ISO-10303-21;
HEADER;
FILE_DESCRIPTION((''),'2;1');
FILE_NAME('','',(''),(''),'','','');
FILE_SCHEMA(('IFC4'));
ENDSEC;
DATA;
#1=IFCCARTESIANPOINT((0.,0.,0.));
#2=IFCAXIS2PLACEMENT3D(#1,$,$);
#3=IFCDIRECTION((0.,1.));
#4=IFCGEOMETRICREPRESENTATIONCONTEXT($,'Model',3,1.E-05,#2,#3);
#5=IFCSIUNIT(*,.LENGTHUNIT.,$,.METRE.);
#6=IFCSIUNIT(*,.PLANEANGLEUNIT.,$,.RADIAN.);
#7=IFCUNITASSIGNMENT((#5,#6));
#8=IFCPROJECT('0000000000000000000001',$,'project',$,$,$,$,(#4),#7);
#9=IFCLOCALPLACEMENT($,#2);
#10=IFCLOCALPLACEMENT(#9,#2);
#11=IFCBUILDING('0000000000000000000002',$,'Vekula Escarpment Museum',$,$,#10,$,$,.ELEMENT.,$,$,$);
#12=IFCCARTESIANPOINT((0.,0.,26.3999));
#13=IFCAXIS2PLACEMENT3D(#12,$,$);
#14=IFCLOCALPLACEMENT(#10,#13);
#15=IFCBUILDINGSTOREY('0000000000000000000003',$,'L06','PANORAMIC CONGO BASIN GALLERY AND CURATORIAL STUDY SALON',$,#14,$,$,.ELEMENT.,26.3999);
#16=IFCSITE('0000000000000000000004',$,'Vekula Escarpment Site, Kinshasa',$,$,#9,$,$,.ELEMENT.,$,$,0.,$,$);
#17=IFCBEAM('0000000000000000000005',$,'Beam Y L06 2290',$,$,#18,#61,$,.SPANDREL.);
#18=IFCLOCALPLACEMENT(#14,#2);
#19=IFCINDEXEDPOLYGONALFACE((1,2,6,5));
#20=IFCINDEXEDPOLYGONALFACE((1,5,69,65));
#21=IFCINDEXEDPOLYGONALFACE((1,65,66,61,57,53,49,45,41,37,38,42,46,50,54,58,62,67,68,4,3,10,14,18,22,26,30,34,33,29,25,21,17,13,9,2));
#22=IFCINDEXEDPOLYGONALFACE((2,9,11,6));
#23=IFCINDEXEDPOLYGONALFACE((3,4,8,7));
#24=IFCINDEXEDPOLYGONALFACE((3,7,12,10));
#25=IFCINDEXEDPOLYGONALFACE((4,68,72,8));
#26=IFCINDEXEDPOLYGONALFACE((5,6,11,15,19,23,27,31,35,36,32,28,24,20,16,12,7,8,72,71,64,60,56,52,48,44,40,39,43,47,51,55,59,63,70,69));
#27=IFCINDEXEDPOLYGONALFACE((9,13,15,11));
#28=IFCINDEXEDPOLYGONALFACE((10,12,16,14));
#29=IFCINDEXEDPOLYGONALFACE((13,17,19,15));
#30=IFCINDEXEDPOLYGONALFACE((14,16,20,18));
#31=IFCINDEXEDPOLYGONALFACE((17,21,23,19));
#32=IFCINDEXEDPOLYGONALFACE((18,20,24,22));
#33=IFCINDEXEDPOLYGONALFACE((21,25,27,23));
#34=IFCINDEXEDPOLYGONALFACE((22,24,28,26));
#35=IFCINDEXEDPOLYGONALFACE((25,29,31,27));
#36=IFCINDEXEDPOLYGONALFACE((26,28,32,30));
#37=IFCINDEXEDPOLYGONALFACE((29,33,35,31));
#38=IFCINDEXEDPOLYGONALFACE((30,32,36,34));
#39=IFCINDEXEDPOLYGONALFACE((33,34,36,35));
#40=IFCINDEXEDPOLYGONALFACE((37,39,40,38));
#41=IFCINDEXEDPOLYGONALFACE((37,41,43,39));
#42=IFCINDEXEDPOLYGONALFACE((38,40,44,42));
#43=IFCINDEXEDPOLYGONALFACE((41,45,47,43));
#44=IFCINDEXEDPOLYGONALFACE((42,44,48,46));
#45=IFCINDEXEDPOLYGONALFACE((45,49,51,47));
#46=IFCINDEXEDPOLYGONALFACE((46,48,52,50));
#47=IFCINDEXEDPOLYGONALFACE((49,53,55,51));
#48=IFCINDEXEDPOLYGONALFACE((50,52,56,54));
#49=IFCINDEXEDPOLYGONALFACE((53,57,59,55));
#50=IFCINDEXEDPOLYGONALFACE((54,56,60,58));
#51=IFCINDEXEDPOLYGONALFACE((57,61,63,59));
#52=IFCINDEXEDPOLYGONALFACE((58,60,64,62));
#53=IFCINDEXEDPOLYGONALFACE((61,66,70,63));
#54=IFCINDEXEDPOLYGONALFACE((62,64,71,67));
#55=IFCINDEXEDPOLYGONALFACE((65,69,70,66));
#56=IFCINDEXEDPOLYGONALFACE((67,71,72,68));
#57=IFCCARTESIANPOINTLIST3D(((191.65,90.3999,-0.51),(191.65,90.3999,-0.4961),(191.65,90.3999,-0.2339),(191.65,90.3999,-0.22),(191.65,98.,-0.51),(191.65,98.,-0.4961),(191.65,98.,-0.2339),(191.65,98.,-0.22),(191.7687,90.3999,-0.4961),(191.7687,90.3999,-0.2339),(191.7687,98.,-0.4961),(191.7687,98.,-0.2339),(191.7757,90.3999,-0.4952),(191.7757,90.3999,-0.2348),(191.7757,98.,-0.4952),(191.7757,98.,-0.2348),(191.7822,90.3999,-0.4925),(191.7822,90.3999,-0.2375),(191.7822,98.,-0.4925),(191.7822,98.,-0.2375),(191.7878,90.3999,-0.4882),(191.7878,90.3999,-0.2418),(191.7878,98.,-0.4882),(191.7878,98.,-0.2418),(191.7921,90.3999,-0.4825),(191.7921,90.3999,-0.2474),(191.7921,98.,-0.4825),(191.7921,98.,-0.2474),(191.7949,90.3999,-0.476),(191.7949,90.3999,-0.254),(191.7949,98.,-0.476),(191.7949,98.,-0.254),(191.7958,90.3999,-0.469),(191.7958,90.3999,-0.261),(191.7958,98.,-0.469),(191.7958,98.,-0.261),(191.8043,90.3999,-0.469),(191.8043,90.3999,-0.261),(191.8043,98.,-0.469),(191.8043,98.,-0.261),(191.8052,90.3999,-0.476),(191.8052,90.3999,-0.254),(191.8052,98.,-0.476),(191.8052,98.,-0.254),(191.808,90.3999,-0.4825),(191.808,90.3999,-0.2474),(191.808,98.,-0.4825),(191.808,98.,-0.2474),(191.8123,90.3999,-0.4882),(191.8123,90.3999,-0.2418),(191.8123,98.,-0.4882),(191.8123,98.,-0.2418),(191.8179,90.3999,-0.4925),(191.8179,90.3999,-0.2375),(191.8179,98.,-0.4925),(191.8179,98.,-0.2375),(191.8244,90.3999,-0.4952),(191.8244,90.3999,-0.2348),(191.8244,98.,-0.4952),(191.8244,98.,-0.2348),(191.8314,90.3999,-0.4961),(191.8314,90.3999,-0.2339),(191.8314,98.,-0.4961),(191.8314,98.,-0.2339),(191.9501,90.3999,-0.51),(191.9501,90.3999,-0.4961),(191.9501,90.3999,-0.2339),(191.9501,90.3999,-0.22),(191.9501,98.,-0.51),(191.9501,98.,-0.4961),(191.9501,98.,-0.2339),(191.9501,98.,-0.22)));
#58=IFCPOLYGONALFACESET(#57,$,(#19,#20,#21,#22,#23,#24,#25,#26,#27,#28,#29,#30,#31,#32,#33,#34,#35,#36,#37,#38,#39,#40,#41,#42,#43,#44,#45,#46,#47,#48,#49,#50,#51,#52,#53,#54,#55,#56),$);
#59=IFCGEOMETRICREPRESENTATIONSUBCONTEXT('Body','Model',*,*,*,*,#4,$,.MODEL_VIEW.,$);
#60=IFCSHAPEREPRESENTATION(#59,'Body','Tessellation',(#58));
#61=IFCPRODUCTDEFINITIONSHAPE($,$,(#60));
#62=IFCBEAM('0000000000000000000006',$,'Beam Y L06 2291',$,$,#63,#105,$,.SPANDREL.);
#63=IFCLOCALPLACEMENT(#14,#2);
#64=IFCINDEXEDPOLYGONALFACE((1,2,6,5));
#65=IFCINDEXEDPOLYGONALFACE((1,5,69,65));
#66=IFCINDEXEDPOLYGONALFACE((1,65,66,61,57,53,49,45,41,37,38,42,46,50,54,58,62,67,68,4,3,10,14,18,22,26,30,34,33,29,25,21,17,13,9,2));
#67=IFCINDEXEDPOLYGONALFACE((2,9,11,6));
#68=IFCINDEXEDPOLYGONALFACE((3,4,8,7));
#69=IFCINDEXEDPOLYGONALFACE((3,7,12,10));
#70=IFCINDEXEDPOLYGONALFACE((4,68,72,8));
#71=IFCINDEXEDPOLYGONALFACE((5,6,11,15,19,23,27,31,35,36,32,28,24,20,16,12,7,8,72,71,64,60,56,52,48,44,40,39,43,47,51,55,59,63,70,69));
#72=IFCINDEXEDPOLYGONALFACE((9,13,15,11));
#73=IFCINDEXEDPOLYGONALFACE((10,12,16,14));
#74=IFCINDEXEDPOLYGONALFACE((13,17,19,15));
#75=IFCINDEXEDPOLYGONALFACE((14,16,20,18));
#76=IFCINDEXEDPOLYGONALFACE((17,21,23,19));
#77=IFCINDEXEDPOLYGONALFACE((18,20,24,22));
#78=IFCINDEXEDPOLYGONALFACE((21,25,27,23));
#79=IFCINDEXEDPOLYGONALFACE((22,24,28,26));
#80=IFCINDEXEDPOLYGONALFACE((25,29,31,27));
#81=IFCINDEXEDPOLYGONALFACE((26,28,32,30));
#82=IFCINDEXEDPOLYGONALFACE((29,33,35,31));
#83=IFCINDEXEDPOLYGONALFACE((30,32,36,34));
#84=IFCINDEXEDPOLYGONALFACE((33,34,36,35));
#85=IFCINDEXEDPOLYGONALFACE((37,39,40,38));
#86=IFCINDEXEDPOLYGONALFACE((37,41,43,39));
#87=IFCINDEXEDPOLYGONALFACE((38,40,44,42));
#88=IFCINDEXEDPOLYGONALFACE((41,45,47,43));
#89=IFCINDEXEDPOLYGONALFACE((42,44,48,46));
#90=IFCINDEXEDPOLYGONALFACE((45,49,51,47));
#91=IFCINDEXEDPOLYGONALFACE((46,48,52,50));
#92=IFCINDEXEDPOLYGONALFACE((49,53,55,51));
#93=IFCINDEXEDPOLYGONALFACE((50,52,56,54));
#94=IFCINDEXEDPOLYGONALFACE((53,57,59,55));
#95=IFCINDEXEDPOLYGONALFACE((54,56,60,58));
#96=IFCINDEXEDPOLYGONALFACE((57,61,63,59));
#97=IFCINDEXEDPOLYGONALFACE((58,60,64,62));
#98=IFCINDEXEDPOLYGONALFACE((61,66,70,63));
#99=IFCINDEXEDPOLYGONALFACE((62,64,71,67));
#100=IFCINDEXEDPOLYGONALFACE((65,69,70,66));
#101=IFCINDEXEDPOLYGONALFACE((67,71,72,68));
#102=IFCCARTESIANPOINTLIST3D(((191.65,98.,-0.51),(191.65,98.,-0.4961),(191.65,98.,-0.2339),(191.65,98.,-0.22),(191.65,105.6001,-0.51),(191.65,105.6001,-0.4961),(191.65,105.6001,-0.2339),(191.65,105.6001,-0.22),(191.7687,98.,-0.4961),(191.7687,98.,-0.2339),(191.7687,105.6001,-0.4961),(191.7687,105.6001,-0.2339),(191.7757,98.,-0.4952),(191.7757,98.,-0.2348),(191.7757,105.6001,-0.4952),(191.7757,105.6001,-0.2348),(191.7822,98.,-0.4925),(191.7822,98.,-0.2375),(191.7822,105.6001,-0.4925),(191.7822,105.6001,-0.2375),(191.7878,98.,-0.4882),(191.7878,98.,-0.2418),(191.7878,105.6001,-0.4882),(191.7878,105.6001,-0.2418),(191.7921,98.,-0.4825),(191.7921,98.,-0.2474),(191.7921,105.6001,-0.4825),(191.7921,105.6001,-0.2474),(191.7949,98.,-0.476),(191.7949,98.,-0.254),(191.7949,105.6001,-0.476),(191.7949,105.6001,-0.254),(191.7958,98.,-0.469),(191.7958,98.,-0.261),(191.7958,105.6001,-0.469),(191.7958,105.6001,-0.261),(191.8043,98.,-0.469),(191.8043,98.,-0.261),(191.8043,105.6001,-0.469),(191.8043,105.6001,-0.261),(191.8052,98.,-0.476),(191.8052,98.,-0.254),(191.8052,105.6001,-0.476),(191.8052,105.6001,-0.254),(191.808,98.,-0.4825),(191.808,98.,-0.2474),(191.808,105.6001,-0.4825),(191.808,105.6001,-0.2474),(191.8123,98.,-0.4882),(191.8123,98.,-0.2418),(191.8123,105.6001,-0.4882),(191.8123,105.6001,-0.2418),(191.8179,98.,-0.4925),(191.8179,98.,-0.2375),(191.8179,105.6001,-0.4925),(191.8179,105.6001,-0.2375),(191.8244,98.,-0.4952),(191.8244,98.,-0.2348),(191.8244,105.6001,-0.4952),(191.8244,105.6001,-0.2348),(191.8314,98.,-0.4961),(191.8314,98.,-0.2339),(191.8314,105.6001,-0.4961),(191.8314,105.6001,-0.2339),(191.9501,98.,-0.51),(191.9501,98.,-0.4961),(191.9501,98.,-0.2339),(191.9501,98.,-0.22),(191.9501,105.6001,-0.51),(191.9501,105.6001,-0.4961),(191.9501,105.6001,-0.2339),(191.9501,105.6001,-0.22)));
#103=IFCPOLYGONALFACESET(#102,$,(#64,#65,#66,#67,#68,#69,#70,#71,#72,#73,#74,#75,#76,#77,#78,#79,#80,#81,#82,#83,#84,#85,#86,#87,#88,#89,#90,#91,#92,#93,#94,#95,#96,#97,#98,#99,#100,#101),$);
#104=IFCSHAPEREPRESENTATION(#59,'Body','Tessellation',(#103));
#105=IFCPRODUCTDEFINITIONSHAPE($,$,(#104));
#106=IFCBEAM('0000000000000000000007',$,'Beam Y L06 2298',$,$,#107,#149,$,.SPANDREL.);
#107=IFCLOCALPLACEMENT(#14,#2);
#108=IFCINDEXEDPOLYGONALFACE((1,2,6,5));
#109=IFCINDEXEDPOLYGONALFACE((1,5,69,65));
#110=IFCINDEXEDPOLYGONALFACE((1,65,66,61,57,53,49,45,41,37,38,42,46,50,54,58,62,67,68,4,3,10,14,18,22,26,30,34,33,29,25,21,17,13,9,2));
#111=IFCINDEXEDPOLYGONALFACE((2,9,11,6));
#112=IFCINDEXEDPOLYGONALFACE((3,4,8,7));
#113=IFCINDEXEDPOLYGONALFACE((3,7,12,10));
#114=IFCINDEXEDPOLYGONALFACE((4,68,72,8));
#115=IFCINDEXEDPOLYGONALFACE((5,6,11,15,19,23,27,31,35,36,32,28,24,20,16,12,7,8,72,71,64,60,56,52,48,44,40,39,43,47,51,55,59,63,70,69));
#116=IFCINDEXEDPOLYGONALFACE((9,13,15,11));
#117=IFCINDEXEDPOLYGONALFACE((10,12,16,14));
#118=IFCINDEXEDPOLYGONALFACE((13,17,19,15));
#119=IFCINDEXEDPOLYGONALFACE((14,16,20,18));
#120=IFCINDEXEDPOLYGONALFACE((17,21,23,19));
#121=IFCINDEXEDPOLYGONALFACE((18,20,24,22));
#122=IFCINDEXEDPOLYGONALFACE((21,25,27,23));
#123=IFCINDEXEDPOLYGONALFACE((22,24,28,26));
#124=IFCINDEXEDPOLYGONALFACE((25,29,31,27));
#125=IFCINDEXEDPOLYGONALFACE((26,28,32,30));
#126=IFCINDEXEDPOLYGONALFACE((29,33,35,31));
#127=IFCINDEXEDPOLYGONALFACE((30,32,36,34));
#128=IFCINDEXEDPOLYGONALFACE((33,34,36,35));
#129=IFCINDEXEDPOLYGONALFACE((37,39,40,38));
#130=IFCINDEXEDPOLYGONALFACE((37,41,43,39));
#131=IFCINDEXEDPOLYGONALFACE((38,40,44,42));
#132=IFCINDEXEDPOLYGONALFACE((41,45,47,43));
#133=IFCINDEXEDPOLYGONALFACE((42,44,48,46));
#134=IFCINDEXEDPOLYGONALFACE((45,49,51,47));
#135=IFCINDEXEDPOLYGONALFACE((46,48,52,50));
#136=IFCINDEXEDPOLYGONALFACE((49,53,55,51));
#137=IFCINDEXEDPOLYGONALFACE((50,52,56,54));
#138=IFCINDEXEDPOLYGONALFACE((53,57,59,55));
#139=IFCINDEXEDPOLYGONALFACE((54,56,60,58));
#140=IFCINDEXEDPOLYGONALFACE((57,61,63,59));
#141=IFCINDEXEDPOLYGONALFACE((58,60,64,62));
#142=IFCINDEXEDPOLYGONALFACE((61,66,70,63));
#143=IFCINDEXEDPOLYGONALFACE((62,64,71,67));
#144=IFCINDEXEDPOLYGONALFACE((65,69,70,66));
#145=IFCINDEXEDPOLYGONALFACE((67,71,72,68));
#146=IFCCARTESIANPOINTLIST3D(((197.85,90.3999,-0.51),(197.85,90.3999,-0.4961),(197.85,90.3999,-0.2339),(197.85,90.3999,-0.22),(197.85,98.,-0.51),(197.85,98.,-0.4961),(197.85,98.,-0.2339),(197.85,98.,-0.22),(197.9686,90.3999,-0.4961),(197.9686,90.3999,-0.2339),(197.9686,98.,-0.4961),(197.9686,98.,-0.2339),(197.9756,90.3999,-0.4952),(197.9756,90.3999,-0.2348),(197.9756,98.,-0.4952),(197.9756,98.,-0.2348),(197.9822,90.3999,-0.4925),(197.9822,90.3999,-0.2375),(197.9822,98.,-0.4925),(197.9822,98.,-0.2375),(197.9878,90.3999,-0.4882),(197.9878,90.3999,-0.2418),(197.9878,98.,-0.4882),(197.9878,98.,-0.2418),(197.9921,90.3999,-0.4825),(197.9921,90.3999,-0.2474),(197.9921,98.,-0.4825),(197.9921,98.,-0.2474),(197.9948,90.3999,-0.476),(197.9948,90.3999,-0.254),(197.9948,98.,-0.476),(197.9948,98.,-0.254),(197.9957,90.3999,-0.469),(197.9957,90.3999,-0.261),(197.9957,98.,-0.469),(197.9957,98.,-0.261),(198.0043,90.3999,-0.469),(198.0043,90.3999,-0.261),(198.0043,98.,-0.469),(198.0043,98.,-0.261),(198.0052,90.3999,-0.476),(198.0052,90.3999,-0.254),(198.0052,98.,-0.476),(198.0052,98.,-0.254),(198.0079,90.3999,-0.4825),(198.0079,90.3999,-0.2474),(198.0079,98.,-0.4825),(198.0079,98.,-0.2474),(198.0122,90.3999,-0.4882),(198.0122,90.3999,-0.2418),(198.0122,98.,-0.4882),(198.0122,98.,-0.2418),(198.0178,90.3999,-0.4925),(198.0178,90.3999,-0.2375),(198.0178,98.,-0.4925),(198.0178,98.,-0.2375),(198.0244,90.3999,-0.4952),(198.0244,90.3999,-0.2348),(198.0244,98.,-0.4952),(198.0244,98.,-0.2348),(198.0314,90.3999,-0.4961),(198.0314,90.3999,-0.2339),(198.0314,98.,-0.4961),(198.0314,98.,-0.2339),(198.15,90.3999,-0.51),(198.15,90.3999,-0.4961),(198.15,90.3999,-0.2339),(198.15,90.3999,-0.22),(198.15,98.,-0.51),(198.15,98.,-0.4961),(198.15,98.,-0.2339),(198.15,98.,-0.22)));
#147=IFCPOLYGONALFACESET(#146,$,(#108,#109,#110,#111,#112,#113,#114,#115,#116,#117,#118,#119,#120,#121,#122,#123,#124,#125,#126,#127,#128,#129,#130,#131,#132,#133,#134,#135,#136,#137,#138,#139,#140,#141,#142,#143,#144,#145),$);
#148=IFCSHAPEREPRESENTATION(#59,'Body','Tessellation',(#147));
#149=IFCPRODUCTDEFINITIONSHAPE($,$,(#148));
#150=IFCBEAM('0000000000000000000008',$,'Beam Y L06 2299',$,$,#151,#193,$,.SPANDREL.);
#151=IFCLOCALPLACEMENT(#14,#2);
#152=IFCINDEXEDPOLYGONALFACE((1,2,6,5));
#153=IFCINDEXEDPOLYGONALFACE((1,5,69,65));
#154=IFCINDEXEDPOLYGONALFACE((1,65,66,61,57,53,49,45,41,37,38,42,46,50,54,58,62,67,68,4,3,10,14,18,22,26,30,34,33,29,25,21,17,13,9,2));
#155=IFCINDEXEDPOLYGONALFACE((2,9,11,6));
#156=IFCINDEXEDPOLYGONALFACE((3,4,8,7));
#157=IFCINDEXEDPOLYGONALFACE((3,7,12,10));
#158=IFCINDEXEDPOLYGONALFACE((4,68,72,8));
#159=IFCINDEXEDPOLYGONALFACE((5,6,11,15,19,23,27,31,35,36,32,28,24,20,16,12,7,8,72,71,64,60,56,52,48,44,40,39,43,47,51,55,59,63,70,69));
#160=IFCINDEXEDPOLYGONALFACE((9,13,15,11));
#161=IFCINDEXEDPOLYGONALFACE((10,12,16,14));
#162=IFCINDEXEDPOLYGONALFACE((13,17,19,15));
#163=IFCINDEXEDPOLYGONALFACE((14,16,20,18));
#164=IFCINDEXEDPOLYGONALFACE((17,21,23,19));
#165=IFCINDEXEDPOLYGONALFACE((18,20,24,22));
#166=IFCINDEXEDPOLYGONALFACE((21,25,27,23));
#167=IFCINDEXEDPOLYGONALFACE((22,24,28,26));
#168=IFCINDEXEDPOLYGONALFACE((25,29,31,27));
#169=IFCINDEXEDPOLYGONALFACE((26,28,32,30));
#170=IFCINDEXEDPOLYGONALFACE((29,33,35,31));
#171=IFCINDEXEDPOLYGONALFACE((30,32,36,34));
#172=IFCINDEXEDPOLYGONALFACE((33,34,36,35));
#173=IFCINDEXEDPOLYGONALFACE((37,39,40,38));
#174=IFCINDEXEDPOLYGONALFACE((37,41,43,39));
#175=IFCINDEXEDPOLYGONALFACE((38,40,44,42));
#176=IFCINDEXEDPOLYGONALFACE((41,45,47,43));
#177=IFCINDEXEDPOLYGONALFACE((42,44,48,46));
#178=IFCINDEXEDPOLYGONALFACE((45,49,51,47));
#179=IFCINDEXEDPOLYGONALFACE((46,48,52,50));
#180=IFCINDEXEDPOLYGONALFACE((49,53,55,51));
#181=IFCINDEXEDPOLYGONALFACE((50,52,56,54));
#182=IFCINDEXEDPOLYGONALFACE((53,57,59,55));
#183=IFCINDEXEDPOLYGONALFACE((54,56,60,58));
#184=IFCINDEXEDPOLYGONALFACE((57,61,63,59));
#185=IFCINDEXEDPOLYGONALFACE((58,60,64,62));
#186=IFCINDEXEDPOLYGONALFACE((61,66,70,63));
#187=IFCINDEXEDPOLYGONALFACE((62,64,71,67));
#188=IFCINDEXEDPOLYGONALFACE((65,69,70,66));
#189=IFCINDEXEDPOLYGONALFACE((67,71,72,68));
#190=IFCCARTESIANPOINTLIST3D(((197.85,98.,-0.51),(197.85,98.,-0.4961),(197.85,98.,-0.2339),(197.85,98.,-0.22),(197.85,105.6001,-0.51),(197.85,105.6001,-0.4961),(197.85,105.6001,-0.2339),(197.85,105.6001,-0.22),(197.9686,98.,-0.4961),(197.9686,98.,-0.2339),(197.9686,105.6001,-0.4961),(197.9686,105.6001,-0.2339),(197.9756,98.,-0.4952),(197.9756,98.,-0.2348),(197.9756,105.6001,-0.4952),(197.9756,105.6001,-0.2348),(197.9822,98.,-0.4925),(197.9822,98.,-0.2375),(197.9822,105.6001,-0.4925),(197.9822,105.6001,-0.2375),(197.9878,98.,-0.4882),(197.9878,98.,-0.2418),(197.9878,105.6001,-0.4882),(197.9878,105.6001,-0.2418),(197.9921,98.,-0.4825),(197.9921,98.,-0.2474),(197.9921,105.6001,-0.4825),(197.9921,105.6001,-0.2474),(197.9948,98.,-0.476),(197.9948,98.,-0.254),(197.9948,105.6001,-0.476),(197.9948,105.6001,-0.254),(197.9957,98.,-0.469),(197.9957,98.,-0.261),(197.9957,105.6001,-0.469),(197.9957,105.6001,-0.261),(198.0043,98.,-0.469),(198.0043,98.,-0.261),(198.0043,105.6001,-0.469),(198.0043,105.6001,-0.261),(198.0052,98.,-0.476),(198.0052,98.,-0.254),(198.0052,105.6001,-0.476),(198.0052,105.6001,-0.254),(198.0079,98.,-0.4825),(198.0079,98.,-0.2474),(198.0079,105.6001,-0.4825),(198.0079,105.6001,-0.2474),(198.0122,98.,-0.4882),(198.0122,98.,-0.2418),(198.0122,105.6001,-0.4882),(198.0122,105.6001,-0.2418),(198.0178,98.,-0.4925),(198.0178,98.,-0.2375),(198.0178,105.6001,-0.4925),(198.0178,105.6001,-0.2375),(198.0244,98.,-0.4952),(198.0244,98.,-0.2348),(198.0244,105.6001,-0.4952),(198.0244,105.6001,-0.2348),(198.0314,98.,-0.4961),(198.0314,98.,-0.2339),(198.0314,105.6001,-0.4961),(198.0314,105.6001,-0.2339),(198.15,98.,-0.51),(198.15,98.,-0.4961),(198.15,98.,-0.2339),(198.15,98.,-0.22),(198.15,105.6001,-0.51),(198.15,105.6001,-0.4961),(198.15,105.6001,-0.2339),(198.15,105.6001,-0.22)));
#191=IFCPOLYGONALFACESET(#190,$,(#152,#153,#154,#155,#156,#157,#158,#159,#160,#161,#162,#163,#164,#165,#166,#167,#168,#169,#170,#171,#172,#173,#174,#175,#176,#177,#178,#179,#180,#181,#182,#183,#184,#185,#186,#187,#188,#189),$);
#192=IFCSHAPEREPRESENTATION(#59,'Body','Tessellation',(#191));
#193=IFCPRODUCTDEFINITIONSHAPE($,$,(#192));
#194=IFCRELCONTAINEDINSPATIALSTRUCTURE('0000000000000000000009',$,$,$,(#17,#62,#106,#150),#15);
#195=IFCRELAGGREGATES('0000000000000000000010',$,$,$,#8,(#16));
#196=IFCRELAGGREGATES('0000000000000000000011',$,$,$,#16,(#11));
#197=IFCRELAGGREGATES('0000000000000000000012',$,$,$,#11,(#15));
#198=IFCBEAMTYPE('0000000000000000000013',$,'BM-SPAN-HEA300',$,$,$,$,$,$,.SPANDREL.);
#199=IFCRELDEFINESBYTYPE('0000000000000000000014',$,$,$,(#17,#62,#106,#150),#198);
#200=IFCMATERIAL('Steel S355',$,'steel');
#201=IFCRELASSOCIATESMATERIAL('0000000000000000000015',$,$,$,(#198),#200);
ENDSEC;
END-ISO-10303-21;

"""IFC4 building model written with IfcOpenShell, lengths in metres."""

from ifc_helpers import new_model, si_unit, direction, frame, origin, origin_2d, place, context, subcontext, project, spatial, i_section, extrude, material, material_profile, profile_set, type_object, element, save


model = new_model("IFC4")

# Units and contexts
model_context = context("Model", 3, precision=1e-05, world=origin(), true_north=direction((0.0, 1.0)))
body_context = subcontext(model_context, "Body", "Model", "MODEL_VIEW")
ifc_project = project(units=[si_unit("LENGTHUNIT", "METRE"), si_unit("PLANEANGLEUNIT", "RADIAN")], contexts=[model_context])

# Site, building, storey
site_placement = place(None, origin())
site = spatial("IfcSite", under=ifc_project, at=site_placement, Name="Vekula Escarpment Site, Kinshasa", CompositionType="ELEMENT", RefElevation=0.0)
building_placement = place(site_placement, origin())
building = spatial("IfcBuilding", under=site, at=building_placement, Name="Vekula Escarpment Museum", CompositionType="ELEMENT")
storey_placement = place(building_placement, frame((0.0, 0.0, 26.3999)))
storey = spatial("IfcBuildingStorey", under=building, at=storey_placement, Name="L06", Description="PANORAMIC CONGO BASIN GALLERY AND CURATORIAL STUDY SALON", CompositionType="ELEMENT", Elevation=26.3999)

# Beams
ifc_material_1 = material(Name="Steel S355", Category="steel")
ifc_material_profile_1 = material_profile(ifc_material_1, i_section(OverallWidth=0.3, OverallDepth=0.29, WebThickness=0.0085, FlangeThickness=0.0139, FilletRadius=0.0271, at=origin_2d()), Name="HEA 300")
ifc_profile_set_1 = profile_set([ifc_material_profile_1], Name="Steel S355")
beam_type_1 = type_object("IfcBeamType", Name="BM-SPAN-HEA300", PredefinedType="SPANDREL", material=ifc_profile_set_1)
for number, where, z_axis, x_axis, name in (
    (1, (191.8, 90.3999, -0.365), (0.0, 1.0, 0.0), (-1.0, 0.0, 0.0), "Beam Y L06 2290"),
    (2, (191.8, 98.0, -0.365), (0.0, 1.0, 0.0), (-1.0, 0.0, 0.0), "Beam Y L06 2291"),
    (3, (198.0, 90.3999, -0.365), (0.0, 1.0, 0.0), (-1.0, 0.0, 0.0), "Beam Y L06 2298"),
    (4, (198.0, 98.0, -0.365), (0.0, 1.0, 0.0), (-1.0, 0.0, 0.0), "Beam Y L06 2299"),
):
    element("IfcBeam", number, at=place(storey_placement, frame(where, z_axis=z_axis, x_axis=x_axis)), inside=storey, type_object=beam_type_1, Name=name, PredefinedType="SPANDREL", context=body_context, shape_type="SweptSolid", body=[
        extrude(i_section(OverallWidth=0.3, OverallDepth=0.29, WebThickness=0.0085, FlangeThickness=0.0139, FilletRadius=0.0271, at=origin_2d()), origin(), (0.0, 0.0, 1.0), 7.6001),
    ])

save(model, "model.ifc")
